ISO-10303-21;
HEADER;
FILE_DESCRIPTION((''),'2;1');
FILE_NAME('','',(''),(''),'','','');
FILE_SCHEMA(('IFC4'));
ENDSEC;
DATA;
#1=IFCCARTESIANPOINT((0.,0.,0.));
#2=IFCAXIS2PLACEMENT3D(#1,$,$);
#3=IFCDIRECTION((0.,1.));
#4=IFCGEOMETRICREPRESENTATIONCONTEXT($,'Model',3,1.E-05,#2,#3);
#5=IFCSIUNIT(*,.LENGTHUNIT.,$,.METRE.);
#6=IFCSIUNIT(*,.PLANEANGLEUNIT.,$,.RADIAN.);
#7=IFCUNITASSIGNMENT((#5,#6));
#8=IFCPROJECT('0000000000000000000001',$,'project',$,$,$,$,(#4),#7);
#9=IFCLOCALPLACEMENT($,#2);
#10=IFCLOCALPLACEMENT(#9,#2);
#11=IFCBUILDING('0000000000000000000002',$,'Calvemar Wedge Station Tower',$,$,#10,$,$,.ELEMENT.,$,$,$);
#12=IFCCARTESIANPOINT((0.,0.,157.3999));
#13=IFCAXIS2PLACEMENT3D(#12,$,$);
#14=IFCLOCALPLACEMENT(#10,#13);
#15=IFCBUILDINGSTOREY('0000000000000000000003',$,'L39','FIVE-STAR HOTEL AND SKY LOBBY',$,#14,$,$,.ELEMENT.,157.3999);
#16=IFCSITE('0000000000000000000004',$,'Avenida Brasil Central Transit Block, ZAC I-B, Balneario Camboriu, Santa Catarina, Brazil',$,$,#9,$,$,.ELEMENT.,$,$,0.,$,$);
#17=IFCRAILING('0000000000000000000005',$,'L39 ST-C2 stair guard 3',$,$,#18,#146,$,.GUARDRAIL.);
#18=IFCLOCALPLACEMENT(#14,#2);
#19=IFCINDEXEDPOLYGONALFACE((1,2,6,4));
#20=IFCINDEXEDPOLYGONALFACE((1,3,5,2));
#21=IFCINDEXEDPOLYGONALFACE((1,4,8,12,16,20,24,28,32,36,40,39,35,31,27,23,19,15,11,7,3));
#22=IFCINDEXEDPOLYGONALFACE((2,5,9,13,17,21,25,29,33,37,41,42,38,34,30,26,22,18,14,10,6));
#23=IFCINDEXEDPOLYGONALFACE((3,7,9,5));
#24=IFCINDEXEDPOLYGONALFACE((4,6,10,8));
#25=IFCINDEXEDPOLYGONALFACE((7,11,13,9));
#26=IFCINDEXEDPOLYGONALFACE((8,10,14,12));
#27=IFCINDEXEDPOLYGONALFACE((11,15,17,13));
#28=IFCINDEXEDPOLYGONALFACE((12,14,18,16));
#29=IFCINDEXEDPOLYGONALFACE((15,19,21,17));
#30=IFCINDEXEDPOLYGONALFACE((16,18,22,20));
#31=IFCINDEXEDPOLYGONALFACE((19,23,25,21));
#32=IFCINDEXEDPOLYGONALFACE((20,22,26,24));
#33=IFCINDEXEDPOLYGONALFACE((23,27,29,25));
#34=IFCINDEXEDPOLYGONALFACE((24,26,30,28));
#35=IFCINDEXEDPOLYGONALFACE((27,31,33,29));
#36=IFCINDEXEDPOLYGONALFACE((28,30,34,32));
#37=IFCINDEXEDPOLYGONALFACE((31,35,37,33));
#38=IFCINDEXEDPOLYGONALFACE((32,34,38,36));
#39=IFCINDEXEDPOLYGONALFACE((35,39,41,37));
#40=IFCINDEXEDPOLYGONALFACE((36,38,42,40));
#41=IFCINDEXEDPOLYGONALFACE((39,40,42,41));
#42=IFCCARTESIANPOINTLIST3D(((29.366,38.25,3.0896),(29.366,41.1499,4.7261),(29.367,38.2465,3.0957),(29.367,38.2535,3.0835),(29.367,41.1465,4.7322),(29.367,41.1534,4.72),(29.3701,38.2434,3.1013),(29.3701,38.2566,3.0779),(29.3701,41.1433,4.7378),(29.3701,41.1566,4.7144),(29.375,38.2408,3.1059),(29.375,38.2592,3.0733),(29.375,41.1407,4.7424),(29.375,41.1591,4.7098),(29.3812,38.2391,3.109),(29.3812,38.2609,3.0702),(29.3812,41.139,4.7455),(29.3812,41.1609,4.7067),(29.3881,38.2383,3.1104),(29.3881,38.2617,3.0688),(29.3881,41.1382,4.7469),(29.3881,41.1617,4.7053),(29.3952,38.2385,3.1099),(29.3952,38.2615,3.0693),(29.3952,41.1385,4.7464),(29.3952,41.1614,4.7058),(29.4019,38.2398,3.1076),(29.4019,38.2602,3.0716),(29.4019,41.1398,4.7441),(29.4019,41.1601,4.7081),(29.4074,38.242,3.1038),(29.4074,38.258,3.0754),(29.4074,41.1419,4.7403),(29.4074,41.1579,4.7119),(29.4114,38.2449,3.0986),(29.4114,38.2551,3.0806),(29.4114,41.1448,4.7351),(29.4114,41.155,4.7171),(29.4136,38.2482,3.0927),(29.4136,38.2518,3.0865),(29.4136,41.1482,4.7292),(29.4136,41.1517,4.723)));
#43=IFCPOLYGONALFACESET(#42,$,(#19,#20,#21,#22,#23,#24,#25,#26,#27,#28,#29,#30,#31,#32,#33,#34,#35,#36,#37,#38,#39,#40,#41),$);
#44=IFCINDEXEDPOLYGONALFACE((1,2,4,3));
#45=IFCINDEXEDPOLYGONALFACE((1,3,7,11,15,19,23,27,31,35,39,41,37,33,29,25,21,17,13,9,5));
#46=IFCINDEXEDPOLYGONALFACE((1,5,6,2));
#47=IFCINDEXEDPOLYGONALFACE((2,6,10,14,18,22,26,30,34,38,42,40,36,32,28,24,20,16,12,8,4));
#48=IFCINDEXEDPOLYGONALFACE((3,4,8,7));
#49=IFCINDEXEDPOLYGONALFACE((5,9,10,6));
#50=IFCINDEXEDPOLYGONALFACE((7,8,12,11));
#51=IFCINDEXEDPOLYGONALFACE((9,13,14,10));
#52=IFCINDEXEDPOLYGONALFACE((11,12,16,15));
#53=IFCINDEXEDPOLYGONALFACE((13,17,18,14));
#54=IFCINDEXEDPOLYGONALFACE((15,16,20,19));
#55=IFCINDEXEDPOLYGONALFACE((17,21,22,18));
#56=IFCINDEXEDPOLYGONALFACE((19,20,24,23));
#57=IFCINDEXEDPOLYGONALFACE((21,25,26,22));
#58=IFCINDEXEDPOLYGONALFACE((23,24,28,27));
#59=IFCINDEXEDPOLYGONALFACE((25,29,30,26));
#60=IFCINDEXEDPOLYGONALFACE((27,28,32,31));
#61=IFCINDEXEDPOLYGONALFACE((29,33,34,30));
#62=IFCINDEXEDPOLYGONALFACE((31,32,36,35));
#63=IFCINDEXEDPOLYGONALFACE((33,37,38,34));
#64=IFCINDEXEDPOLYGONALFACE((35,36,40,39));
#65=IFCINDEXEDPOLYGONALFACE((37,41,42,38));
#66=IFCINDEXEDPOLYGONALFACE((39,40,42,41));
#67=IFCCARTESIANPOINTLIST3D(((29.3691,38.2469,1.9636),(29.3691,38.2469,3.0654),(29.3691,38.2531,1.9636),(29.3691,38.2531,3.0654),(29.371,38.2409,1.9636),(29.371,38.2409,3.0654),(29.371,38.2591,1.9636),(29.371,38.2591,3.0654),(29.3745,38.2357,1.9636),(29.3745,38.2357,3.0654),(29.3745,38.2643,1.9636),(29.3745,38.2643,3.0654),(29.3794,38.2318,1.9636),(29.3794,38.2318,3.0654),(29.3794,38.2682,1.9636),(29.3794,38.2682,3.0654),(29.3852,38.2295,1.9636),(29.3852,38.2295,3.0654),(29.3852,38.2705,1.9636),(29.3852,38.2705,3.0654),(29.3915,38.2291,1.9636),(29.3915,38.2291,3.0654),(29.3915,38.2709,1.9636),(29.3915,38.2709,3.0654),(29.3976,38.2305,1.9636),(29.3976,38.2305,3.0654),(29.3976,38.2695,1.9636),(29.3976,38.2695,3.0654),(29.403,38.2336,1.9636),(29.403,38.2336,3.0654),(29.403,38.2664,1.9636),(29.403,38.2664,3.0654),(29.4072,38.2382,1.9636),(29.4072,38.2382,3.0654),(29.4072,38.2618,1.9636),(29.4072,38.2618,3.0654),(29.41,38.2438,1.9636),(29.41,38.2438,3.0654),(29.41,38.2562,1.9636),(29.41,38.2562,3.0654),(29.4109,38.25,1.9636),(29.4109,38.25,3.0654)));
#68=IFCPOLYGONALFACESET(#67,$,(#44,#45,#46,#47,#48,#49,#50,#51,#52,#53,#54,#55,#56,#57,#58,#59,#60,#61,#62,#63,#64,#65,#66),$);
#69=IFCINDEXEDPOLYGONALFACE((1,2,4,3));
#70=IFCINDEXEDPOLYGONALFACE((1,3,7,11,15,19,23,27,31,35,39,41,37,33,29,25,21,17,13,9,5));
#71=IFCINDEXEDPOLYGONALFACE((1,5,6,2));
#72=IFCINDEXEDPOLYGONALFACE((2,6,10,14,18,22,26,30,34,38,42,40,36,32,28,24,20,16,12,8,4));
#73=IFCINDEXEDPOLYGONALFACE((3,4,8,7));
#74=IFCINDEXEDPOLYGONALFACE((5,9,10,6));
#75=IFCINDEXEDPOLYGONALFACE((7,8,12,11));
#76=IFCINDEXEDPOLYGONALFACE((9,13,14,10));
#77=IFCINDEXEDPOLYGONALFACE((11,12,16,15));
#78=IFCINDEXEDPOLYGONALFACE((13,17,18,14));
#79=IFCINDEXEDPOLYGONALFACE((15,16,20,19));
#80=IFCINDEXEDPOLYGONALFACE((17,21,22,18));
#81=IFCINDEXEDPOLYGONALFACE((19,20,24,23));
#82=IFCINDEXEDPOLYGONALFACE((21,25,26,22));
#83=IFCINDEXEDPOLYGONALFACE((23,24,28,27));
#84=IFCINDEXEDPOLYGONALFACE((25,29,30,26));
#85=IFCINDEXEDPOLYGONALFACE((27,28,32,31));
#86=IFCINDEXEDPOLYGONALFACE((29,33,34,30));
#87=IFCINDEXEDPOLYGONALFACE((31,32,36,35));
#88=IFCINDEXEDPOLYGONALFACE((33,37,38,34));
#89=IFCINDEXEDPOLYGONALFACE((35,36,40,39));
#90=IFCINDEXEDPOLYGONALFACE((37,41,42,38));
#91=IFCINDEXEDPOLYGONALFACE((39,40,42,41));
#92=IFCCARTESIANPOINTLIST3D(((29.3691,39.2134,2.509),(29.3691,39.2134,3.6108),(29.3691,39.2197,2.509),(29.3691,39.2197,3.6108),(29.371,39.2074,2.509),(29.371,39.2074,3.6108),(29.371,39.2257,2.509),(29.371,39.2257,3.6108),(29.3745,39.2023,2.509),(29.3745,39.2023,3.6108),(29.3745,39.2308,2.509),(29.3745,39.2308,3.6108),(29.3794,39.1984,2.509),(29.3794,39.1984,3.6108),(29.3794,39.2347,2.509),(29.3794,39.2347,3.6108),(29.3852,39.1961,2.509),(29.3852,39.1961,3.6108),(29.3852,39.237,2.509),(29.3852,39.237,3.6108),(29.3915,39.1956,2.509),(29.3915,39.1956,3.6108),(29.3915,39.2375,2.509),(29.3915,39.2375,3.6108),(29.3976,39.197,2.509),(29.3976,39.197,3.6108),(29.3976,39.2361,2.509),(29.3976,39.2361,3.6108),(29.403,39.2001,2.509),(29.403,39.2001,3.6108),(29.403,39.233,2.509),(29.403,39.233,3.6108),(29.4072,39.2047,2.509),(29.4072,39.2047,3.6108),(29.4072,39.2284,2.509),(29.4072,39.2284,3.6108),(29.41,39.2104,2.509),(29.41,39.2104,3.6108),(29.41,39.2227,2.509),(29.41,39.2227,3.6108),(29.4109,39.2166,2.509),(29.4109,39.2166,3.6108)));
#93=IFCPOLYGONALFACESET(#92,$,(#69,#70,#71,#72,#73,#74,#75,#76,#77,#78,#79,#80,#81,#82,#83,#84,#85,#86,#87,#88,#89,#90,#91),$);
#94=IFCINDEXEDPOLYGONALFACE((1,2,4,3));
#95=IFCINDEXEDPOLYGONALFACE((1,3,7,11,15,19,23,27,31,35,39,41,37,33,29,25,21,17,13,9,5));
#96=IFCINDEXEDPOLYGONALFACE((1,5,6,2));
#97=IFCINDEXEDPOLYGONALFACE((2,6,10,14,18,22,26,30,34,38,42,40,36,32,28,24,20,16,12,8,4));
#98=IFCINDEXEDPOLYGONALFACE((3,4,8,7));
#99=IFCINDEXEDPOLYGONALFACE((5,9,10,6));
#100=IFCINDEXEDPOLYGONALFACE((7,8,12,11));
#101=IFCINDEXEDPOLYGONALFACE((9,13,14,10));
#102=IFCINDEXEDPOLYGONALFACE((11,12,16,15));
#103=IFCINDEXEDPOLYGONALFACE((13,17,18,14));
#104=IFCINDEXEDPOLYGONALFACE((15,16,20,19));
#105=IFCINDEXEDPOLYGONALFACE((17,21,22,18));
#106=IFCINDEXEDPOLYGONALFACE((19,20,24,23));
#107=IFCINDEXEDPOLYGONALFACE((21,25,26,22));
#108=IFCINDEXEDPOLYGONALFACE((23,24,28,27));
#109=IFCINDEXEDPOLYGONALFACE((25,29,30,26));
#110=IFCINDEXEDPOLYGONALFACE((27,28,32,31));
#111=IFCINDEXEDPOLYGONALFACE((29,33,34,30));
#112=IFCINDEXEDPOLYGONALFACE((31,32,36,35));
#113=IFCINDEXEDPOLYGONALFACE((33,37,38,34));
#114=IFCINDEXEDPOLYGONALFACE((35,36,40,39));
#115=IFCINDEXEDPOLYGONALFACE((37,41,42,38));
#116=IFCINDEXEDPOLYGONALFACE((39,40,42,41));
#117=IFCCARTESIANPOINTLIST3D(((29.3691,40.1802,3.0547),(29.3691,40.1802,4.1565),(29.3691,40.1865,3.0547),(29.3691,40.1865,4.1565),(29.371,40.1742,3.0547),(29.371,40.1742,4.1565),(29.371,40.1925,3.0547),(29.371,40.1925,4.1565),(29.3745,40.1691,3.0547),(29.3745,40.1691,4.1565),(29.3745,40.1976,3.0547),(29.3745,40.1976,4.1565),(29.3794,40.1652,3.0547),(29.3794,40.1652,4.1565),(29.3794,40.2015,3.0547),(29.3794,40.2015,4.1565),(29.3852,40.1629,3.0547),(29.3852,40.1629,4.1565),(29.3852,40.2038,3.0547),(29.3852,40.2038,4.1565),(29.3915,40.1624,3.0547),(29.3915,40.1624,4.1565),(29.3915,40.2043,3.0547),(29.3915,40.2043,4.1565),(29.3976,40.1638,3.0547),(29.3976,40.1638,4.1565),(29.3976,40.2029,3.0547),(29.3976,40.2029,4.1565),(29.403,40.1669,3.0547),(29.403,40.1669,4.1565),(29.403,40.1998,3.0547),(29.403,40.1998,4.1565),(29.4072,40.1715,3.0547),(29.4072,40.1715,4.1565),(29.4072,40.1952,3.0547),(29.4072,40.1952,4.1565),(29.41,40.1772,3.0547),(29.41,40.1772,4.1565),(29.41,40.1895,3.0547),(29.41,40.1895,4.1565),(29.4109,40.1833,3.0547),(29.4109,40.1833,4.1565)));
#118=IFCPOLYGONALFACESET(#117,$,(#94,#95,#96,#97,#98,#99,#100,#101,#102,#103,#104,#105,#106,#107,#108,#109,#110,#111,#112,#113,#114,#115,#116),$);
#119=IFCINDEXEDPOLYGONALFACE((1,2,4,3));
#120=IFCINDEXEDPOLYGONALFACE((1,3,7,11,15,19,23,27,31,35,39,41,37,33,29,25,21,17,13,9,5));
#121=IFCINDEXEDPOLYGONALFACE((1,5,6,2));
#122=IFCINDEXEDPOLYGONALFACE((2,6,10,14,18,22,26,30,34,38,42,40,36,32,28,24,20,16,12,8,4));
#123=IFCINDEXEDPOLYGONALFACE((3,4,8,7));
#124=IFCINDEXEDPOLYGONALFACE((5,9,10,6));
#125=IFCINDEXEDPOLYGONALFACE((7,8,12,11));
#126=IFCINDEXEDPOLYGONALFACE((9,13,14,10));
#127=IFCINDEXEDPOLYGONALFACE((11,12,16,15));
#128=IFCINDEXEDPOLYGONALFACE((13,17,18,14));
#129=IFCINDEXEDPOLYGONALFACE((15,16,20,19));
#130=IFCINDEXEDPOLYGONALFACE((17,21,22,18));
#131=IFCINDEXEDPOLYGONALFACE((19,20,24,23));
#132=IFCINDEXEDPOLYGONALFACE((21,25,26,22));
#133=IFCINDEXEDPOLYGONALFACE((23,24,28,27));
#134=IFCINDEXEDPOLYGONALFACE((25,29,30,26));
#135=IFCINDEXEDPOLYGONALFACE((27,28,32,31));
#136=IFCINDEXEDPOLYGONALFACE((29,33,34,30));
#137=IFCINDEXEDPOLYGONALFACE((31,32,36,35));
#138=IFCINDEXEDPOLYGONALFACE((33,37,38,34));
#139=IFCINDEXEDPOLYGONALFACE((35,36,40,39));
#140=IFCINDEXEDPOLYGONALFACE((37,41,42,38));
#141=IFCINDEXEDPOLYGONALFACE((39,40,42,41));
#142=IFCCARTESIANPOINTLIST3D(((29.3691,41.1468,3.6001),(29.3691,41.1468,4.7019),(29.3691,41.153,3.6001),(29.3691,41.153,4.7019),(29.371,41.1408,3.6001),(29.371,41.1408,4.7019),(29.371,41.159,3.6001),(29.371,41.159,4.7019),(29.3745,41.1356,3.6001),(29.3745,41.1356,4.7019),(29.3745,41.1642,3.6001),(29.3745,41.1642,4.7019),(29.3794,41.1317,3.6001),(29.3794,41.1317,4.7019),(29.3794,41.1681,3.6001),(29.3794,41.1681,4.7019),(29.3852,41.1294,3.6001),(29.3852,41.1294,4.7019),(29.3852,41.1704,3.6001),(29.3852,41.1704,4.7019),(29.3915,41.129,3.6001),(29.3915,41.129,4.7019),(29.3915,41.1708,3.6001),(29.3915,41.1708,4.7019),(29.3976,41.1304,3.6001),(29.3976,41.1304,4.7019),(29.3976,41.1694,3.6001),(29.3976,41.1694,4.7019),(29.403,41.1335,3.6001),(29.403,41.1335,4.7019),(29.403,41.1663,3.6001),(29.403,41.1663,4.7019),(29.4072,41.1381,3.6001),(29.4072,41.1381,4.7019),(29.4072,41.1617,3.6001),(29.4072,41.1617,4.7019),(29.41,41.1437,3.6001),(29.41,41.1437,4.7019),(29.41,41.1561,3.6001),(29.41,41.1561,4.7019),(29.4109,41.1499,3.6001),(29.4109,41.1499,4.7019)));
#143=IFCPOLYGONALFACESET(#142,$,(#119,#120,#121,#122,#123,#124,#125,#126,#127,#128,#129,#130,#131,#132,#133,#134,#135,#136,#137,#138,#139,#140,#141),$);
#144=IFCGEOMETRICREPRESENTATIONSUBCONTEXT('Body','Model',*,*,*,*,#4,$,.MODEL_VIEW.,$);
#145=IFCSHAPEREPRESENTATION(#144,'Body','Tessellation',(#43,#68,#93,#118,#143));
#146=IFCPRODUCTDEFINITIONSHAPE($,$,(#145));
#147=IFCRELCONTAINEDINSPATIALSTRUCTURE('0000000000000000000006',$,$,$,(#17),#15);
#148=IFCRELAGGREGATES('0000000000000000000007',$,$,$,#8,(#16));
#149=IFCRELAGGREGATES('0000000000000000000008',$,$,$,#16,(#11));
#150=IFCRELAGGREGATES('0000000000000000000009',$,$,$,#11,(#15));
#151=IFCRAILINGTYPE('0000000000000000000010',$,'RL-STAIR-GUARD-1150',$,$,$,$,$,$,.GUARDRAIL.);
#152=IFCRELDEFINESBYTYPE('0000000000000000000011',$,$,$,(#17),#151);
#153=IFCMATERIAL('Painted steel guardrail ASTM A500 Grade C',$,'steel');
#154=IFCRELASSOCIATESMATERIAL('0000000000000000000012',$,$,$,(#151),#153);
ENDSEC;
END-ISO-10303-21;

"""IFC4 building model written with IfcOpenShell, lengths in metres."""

from ifc_helpers import new_model, si_unit, direction, frame, origin, origin_2d, place, context, subcontext, project, spatial, circle, extrude, material, type_object, element, save


model = new_model("IFC4")

# Units and contexts
model_context = context("Model", 3, precision=1e-05, world=origin(), true_north=direction((0.0, 1.0)))
body_context = subcontext(model_context, "Body", "Model", "MODEL_VIEW")
ifc_project = project(units=[si_unit("LENGTHUNIT", "METRE"), si_unit("PLANEANGLEUNIT", "RADIAN")], contexts=[model_context])

# Site, building, storey
site_placement = place(None, origin())
site = spatial("IfcSite", under=ifc_project, at=site_placement, Name="Avenida Brasil Central Transit Block, ZAC I-B, Balneario Camboriu, Santa Catarina, Brazil", CompositionType="ELEMENT", RefElevation=0.0)
building_placement = place(site_placement, origin())
building = spatial("IfcBuilding", under=site, at=building_placement, Name="Calvemar Wedge Station Tower", CompositionType="ELEMENT")
storey_placement = place(building_placement, frame((0.0, 0.0, 157.3999)))
storey = spatial("IfcBuildingStorey", under=building, at=storey_placement, Name="L39", Description="FIVE-STAR HOTEL AND SKY LOBBY", CompositionType="ELEMENT", Elevation=157.3999)

# Railing
ifc_material_1 = material(Name="Painted steel guardrail ASTM A500 Grade C", Category="steel")
railing_type_1 = type_object("IfcRailingType", Name="RL-STAIR-GUARD-1150", PredefinedType="GUARDRAIL", material=ifc_material_1)
railing_1_placement = place(storey_placement, frame((29.3899, 38.25, 1.9636)))
element("IfcRailing", 1, at=railing_1_placement, inside=storey, type_object=railing_type_1, Name="L39 ST-C2 stair guard 3", PredefinedType="GUARDRAIL", context=body_context, shape_type="SweptSolid", body=[
    extrude(circle(Radius=0.0239, at=origin_2d()), frame((0.0, 0.0, 1.126), z_axis=(0.0, 0.870897, 0.491465), x_axis=(-1.0, 0.0, 0.0)), (0.0, 0.0, 1.0), 3.3298),
    extrude(circle(Radius=0.021, at=origin_2d()), origin(), (0.0, 0.0, 1.0), 1.1018),
    extrude(circle(Radius=0.021, at=origin_2d()), frame((0.0, 0.9666, 0.5454)), (0.0, 0.0, 1.0), 1.1018),
    extrude(circle(Radius=0.021, at=origin_2d()), frame((0.0, 1.9333, 1.0911)), (0.0, 0.0, 1.0), 1.1018),
    extrude(circle(Radius=0.021, at=origin_2d()), frame((0.0, 2.8999, 1.6365)), (0.0, 0.0, 1.0), 1.1018),
])

save(model, "model.ifc")
